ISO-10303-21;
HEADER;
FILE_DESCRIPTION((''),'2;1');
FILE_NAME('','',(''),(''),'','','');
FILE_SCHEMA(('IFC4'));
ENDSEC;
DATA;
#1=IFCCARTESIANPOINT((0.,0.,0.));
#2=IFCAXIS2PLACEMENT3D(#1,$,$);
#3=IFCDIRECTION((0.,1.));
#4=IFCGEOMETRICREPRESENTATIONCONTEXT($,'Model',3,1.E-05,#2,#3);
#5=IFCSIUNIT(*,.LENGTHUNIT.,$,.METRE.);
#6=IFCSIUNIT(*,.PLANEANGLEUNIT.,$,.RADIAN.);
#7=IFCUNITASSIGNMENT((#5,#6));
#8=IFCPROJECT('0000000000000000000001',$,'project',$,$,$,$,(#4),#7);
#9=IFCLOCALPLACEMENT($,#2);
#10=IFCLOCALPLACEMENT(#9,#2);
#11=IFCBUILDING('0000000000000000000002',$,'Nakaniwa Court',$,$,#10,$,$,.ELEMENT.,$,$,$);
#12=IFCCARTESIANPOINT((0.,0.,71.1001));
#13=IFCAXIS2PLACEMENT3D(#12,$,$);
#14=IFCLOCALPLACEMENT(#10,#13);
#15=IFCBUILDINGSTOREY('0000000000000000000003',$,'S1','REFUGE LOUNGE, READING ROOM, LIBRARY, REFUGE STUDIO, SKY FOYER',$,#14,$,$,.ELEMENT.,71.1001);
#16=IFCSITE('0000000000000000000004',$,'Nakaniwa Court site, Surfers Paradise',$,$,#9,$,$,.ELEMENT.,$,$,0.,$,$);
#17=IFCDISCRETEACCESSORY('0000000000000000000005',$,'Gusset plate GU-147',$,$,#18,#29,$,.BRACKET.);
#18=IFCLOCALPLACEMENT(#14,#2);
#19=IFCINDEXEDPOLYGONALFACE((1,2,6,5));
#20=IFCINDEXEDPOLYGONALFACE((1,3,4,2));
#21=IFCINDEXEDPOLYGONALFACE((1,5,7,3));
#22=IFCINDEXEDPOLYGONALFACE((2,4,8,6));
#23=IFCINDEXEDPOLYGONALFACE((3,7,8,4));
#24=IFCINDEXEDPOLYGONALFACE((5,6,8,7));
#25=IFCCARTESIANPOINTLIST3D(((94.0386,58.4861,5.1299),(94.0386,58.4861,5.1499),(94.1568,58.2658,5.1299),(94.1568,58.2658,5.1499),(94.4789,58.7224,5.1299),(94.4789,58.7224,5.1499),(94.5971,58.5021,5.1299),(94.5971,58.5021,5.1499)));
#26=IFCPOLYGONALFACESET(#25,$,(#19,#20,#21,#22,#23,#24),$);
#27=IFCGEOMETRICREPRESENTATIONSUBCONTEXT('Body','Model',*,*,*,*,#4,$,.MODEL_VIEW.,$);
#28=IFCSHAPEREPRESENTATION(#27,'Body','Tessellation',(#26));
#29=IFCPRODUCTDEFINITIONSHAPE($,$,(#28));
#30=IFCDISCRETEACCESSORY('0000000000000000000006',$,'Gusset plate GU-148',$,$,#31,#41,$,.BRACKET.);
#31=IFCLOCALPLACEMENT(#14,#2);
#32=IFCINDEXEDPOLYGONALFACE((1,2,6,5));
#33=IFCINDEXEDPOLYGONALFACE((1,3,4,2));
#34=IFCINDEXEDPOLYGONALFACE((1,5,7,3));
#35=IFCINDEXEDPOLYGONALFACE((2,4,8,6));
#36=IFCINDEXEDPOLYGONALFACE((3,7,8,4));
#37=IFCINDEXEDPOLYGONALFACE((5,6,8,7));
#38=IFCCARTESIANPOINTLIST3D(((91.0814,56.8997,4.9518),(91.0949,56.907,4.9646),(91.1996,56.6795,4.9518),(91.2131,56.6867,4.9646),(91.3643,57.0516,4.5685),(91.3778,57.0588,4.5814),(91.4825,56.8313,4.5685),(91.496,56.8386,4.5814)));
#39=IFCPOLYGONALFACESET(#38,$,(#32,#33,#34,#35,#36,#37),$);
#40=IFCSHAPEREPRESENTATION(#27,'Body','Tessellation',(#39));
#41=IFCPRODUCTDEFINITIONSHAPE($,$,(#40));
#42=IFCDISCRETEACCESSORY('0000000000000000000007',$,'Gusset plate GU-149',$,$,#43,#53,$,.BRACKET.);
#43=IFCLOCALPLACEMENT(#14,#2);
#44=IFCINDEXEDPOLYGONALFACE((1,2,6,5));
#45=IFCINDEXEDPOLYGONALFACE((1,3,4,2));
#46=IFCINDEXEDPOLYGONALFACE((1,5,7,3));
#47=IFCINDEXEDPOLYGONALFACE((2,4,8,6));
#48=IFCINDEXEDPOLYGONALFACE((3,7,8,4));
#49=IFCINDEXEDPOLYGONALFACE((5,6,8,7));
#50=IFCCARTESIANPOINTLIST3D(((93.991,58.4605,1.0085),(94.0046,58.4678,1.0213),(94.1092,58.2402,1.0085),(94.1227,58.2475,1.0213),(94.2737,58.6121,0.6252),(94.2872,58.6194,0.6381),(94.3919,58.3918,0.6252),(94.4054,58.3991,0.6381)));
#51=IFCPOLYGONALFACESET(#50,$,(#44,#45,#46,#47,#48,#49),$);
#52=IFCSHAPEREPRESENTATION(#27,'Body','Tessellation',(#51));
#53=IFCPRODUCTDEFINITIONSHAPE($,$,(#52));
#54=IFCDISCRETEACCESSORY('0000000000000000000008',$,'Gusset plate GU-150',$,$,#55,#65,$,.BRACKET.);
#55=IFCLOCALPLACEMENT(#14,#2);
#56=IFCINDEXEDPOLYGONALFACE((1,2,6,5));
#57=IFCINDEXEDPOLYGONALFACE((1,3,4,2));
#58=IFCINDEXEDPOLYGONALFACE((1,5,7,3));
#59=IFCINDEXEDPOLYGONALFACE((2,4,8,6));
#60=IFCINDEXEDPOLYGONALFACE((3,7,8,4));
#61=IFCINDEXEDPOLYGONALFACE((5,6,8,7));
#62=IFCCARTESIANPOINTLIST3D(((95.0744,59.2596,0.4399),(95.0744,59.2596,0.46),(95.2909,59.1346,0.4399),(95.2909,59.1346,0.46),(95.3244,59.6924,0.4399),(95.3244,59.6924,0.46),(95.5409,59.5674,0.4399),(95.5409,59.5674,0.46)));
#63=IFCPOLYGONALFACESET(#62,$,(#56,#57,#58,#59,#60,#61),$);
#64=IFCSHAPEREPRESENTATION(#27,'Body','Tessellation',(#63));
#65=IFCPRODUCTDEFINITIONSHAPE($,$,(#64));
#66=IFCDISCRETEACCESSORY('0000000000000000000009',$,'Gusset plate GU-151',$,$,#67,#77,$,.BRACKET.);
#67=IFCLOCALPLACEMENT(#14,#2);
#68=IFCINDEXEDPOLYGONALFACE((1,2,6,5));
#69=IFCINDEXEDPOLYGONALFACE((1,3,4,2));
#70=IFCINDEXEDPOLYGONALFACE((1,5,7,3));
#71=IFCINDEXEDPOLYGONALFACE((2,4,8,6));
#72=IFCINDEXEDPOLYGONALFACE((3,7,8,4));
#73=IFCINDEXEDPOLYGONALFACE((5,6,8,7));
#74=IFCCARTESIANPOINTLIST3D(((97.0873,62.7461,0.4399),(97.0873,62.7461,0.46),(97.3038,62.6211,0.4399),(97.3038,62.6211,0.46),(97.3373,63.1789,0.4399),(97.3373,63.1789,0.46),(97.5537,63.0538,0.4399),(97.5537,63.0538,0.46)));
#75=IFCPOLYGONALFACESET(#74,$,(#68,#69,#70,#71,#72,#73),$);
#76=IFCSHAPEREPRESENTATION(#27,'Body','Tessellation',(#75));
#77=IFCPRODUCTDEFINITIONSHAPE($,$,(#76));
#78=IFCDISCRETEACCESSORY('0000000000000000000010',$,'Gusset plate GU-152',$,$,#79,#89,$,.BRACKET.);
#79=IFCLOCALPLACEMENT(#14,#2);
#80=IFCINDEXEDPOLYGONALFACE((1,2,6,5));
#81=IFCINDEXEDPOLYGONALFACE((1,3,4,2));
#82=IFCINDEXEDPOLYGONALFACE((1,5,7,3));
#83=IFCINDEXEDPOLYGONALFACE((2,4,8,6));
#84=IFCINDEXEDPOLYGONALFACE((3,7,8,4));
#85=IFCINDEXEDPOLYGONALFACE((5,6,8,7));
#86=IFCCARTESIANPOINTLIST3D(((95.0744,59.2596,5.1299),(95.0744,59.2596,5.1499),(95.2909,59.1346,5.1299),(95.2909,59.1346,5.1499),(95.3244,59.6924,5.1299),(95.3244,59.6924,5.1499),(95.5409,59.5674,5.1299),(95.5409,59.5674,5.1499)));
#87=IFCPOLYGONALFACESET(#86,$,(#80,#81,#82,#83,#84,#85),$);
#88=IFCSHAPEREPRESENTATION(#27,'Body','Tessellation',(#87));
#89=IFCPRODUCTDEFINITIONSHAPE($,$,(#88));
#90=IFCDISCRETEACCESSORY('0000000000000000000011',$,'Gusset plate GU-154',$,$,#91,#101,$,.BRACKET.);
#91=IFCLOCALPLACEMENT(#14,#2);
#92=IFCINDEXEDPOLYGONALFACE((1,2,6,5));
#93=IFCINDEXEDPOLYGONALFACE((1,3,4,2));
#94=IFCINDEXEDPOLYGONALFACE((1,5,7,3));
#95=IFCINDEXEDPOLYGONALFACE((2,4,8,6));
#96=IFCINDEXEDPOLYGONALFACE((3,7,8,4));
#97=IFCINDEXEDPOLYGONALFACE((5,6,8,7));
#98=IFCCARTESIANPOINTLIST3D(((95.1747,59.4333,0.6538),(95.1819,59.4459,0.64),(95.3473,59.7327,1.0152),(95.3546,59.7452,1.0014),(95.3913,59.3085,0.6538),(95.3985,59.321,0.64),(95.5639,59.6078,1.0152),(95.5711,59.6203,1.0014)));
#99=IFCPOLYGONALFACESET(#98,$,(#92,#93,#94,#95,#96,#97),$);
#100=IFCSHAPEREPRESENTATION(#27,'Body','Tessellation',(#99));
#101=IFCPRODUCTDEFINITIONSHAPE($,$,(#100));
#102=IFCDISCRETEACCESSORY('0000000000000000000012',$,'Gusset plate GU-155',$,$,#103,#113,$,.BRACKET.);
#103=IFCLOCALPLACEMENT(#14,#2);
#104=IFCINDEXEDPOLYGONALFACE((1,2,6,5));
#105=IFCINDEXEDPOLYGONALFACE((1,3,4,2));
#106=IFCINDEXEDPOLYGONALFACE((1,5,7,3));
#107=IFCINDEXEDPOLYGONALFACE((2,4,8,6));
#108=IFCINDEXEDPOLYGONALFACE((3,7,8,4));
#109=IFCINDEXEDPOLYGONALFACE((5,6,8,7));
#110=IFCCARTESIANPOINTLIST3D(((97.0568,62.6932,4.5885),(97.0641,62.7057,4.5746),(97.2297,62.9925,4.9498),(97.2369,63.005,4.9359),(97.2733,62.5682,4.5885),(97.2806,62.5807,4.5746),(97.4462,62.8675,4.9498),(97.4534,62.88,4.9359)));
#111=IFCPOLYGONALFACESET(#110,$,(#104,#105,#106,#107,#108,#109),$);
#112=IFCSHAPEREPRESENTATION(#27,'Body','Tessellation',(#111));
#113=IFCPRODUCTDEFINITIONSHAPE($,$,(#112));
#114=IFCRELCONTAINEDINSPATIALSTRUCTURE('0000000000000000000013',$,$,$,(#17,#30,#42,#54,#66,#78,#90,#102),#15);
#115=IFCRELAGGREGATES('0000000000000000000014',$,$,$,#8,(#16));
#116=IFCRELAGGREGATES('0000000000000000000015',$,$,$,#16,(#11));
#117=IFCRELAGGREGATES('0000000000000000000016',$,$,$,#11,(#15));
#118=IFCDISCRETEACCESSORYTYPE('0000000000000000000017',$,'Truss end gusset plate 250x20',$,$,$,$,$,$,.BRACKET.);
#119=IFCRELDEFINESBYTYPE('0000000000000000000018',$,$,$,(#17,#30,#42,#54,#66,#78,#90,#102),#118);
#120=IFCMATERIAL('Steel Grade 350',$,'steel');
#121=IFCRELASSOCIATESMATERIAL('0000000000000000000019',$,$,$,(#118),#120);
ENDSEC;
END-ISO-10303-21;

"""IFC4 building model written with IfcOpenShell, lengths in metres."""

from ifc_helpers import new_model, si_unit, direction, frame, origin, origin_2d, place, context, subcontext, project, spatial, rectangle, extrude, material, material_profile, profile_set, type_object, element, save


model = new_model("IFC4")

# Units and contexts
model_context = context("Model", 3, precision=1e-05, world=origin(), true_north=direction((0.0, 1.0)))
body_context = subcontext(model_context, "Body", "Model", "MODEL_VIEW")
ifc_project = project(units=[si_unit("LENGTHUNIT", "METRE"), si_unit("PLANEANGLEUNIT", "RADIAN")], contexts=[model_context])

# Site, building, storey
site_placement = place(None, origin())
site = spatial("IfcSite", under=ifc_project, at=site_placement, Name="Nakaniwa Court site, Surfers Paradise", CompositionType="ELEMENT", RefElevation=0.0)
building_placement = place(site_placement, origin())
building = spatial("IfcBuilding", under=site, at=building_placement, Name="Nakaniwa Court", CompositionType="ELEMENT")
storey_placement = place(building_placement, frame((0.0, 0.0, 71.1001)))
storey = spatial("IfcBuildingStorey", under=building, at=storey_placement, Name="S1", Description="REFUGE LOUNGE, READING ROOM, LIBRARY, REFUGE STUDIO, SKY FOYER", CompositionType="ELEMENT", Elevation=71.1001)

# Shared definitions
ifc_material_1 = material(Name="Steel Grade 350", Category="steel")

# Discrete accessories
ifc_material_profile_1 = material_profile(ifc_material_1, rectangle(XDim=0.25, YDim=0.02, at=origin_2d()), Name="Truss end gusset plate 250x20")
ifc_profile_set_1 = profile_set([ifc_material_profile_1], Name="Steel Grade 350")
discrete_accessory_type = type_object("IfcDiscreteAccessoryType", Name="Truss end gusset plate 250x20", PredefinedType="BRACKET", material=ifc_profile_set_1)
discrete_accessory_1_placement = place(storey_placement, frame((94.0977, 58.376, 5.1399), z_axis=(0.88116, 0.472818, 0.0), x_axis=(-0.472818, 0.88116, 0.0)))
element("IfcDiscreteAccessory", 1, at=discrete_accessory_1_placement, inside=storey, type_object=discrete_accessory_type, Name="Gusset plate GU-147", PredefinedType="BRACKET", context=body_context, shape_type="SweptSolid", body=[
    extrude(rectangle(XDim=0.25, YDim=0.02, at=origin_2d()), origin(), (0.0, 0.0, 1.0), 0.4998),
])
discrete_accessory_2_placement = place(storey_placement, frame((91.4302, 56.9451, 4.575), z_axis=(-0.565867, -0.303683, 0.766532), x_axis=(0.472875, -0.881129, 0.0)))
element("IfcDiscreteAccessory", 2, at=discrete_accessory_2_placement, inside=storey, type_object=discrete_accessory_type, Name="Gusset plate GU-148", PredefinedType="BRACKET", context=body_context, shape_type="SweptSolid", body=[
    extrude(rectangle(XDim=0.25, YDim=0.02, at=origin_2d()), origin(), (0.0, 0.0, 1.0), 0.5),
])
for number, where, z_axis, x_axis, name in (
    (3, (94.0569, 58.354, 1.0149), (0.565618, 0.303324, -0.766857), (-0.472602, 0.881276, 0.0), "Gusset plate GU-149"),
    (4, (95.4326, 59.6299, 0.45), (-0.500131, -0.86595, 0.0), (0.86595, -0.500131, 0.0), "Gusset plate GU-150"),
    (5, (97.1956, 62.6836, 0.45), (0.500131, 0.86595, 0.0), (-0.86595, 0.500131, 0.0), "Gusset plate GU-151"),
    (6, (95.4326, 59.6299, 5.1399), (-0.500131, -0.86595, 0.0), (0.86595, -0.500131, 0.0), "Gusset plate GU-152"),
):
    element("IfcDiscreteAccessory", number, at=place(storey_placement, frame(where, z_axis=z_axis, x_axis=x_axis)), inside=storey, type_object=discrete_accessory_type, Name=name, PredefinedType="BRACKET", context=body_context, shape_type="SweptSolid", body=[
        extrude(rectangle(XDim=0.25, YDim=0.02, at=origin_2d()), origin(), (0.0, 0.0, 1.0), 0.4998),
    ])
for number, where, z_axis, x_axis, name in (
    (7, (95.4592, 59.6765, 1.0083), (-0.345255, -0.598703, -0.722741), (0.86628, -0.499559, 0.0), "Gusset plate GU-154"),
    (8, (97.1687, 62.637, 4.5815), (0.345685, 0.598602, 0.722619), (-0.865974, 0.500089, 0.0), "Gusset plate GU-155"),
):
    element("IfcDiscreteAccessory", number, at=place(storey_placement, frame(where, z_axis=z_axis, x_axis=x_axis)), inside=storey, type_object=discrete_accessory_type, Name=name, PredefinedType="BRACKET", context=body_context, shape_type="SweptSolid", body=[
        extrude(rectangle(XDim=0.25, YDim=0.02, at=origin_2d()), origin(), (0.0, 0.0, 1.0), 0.5),
    ])

save(model, "model.ifc")
